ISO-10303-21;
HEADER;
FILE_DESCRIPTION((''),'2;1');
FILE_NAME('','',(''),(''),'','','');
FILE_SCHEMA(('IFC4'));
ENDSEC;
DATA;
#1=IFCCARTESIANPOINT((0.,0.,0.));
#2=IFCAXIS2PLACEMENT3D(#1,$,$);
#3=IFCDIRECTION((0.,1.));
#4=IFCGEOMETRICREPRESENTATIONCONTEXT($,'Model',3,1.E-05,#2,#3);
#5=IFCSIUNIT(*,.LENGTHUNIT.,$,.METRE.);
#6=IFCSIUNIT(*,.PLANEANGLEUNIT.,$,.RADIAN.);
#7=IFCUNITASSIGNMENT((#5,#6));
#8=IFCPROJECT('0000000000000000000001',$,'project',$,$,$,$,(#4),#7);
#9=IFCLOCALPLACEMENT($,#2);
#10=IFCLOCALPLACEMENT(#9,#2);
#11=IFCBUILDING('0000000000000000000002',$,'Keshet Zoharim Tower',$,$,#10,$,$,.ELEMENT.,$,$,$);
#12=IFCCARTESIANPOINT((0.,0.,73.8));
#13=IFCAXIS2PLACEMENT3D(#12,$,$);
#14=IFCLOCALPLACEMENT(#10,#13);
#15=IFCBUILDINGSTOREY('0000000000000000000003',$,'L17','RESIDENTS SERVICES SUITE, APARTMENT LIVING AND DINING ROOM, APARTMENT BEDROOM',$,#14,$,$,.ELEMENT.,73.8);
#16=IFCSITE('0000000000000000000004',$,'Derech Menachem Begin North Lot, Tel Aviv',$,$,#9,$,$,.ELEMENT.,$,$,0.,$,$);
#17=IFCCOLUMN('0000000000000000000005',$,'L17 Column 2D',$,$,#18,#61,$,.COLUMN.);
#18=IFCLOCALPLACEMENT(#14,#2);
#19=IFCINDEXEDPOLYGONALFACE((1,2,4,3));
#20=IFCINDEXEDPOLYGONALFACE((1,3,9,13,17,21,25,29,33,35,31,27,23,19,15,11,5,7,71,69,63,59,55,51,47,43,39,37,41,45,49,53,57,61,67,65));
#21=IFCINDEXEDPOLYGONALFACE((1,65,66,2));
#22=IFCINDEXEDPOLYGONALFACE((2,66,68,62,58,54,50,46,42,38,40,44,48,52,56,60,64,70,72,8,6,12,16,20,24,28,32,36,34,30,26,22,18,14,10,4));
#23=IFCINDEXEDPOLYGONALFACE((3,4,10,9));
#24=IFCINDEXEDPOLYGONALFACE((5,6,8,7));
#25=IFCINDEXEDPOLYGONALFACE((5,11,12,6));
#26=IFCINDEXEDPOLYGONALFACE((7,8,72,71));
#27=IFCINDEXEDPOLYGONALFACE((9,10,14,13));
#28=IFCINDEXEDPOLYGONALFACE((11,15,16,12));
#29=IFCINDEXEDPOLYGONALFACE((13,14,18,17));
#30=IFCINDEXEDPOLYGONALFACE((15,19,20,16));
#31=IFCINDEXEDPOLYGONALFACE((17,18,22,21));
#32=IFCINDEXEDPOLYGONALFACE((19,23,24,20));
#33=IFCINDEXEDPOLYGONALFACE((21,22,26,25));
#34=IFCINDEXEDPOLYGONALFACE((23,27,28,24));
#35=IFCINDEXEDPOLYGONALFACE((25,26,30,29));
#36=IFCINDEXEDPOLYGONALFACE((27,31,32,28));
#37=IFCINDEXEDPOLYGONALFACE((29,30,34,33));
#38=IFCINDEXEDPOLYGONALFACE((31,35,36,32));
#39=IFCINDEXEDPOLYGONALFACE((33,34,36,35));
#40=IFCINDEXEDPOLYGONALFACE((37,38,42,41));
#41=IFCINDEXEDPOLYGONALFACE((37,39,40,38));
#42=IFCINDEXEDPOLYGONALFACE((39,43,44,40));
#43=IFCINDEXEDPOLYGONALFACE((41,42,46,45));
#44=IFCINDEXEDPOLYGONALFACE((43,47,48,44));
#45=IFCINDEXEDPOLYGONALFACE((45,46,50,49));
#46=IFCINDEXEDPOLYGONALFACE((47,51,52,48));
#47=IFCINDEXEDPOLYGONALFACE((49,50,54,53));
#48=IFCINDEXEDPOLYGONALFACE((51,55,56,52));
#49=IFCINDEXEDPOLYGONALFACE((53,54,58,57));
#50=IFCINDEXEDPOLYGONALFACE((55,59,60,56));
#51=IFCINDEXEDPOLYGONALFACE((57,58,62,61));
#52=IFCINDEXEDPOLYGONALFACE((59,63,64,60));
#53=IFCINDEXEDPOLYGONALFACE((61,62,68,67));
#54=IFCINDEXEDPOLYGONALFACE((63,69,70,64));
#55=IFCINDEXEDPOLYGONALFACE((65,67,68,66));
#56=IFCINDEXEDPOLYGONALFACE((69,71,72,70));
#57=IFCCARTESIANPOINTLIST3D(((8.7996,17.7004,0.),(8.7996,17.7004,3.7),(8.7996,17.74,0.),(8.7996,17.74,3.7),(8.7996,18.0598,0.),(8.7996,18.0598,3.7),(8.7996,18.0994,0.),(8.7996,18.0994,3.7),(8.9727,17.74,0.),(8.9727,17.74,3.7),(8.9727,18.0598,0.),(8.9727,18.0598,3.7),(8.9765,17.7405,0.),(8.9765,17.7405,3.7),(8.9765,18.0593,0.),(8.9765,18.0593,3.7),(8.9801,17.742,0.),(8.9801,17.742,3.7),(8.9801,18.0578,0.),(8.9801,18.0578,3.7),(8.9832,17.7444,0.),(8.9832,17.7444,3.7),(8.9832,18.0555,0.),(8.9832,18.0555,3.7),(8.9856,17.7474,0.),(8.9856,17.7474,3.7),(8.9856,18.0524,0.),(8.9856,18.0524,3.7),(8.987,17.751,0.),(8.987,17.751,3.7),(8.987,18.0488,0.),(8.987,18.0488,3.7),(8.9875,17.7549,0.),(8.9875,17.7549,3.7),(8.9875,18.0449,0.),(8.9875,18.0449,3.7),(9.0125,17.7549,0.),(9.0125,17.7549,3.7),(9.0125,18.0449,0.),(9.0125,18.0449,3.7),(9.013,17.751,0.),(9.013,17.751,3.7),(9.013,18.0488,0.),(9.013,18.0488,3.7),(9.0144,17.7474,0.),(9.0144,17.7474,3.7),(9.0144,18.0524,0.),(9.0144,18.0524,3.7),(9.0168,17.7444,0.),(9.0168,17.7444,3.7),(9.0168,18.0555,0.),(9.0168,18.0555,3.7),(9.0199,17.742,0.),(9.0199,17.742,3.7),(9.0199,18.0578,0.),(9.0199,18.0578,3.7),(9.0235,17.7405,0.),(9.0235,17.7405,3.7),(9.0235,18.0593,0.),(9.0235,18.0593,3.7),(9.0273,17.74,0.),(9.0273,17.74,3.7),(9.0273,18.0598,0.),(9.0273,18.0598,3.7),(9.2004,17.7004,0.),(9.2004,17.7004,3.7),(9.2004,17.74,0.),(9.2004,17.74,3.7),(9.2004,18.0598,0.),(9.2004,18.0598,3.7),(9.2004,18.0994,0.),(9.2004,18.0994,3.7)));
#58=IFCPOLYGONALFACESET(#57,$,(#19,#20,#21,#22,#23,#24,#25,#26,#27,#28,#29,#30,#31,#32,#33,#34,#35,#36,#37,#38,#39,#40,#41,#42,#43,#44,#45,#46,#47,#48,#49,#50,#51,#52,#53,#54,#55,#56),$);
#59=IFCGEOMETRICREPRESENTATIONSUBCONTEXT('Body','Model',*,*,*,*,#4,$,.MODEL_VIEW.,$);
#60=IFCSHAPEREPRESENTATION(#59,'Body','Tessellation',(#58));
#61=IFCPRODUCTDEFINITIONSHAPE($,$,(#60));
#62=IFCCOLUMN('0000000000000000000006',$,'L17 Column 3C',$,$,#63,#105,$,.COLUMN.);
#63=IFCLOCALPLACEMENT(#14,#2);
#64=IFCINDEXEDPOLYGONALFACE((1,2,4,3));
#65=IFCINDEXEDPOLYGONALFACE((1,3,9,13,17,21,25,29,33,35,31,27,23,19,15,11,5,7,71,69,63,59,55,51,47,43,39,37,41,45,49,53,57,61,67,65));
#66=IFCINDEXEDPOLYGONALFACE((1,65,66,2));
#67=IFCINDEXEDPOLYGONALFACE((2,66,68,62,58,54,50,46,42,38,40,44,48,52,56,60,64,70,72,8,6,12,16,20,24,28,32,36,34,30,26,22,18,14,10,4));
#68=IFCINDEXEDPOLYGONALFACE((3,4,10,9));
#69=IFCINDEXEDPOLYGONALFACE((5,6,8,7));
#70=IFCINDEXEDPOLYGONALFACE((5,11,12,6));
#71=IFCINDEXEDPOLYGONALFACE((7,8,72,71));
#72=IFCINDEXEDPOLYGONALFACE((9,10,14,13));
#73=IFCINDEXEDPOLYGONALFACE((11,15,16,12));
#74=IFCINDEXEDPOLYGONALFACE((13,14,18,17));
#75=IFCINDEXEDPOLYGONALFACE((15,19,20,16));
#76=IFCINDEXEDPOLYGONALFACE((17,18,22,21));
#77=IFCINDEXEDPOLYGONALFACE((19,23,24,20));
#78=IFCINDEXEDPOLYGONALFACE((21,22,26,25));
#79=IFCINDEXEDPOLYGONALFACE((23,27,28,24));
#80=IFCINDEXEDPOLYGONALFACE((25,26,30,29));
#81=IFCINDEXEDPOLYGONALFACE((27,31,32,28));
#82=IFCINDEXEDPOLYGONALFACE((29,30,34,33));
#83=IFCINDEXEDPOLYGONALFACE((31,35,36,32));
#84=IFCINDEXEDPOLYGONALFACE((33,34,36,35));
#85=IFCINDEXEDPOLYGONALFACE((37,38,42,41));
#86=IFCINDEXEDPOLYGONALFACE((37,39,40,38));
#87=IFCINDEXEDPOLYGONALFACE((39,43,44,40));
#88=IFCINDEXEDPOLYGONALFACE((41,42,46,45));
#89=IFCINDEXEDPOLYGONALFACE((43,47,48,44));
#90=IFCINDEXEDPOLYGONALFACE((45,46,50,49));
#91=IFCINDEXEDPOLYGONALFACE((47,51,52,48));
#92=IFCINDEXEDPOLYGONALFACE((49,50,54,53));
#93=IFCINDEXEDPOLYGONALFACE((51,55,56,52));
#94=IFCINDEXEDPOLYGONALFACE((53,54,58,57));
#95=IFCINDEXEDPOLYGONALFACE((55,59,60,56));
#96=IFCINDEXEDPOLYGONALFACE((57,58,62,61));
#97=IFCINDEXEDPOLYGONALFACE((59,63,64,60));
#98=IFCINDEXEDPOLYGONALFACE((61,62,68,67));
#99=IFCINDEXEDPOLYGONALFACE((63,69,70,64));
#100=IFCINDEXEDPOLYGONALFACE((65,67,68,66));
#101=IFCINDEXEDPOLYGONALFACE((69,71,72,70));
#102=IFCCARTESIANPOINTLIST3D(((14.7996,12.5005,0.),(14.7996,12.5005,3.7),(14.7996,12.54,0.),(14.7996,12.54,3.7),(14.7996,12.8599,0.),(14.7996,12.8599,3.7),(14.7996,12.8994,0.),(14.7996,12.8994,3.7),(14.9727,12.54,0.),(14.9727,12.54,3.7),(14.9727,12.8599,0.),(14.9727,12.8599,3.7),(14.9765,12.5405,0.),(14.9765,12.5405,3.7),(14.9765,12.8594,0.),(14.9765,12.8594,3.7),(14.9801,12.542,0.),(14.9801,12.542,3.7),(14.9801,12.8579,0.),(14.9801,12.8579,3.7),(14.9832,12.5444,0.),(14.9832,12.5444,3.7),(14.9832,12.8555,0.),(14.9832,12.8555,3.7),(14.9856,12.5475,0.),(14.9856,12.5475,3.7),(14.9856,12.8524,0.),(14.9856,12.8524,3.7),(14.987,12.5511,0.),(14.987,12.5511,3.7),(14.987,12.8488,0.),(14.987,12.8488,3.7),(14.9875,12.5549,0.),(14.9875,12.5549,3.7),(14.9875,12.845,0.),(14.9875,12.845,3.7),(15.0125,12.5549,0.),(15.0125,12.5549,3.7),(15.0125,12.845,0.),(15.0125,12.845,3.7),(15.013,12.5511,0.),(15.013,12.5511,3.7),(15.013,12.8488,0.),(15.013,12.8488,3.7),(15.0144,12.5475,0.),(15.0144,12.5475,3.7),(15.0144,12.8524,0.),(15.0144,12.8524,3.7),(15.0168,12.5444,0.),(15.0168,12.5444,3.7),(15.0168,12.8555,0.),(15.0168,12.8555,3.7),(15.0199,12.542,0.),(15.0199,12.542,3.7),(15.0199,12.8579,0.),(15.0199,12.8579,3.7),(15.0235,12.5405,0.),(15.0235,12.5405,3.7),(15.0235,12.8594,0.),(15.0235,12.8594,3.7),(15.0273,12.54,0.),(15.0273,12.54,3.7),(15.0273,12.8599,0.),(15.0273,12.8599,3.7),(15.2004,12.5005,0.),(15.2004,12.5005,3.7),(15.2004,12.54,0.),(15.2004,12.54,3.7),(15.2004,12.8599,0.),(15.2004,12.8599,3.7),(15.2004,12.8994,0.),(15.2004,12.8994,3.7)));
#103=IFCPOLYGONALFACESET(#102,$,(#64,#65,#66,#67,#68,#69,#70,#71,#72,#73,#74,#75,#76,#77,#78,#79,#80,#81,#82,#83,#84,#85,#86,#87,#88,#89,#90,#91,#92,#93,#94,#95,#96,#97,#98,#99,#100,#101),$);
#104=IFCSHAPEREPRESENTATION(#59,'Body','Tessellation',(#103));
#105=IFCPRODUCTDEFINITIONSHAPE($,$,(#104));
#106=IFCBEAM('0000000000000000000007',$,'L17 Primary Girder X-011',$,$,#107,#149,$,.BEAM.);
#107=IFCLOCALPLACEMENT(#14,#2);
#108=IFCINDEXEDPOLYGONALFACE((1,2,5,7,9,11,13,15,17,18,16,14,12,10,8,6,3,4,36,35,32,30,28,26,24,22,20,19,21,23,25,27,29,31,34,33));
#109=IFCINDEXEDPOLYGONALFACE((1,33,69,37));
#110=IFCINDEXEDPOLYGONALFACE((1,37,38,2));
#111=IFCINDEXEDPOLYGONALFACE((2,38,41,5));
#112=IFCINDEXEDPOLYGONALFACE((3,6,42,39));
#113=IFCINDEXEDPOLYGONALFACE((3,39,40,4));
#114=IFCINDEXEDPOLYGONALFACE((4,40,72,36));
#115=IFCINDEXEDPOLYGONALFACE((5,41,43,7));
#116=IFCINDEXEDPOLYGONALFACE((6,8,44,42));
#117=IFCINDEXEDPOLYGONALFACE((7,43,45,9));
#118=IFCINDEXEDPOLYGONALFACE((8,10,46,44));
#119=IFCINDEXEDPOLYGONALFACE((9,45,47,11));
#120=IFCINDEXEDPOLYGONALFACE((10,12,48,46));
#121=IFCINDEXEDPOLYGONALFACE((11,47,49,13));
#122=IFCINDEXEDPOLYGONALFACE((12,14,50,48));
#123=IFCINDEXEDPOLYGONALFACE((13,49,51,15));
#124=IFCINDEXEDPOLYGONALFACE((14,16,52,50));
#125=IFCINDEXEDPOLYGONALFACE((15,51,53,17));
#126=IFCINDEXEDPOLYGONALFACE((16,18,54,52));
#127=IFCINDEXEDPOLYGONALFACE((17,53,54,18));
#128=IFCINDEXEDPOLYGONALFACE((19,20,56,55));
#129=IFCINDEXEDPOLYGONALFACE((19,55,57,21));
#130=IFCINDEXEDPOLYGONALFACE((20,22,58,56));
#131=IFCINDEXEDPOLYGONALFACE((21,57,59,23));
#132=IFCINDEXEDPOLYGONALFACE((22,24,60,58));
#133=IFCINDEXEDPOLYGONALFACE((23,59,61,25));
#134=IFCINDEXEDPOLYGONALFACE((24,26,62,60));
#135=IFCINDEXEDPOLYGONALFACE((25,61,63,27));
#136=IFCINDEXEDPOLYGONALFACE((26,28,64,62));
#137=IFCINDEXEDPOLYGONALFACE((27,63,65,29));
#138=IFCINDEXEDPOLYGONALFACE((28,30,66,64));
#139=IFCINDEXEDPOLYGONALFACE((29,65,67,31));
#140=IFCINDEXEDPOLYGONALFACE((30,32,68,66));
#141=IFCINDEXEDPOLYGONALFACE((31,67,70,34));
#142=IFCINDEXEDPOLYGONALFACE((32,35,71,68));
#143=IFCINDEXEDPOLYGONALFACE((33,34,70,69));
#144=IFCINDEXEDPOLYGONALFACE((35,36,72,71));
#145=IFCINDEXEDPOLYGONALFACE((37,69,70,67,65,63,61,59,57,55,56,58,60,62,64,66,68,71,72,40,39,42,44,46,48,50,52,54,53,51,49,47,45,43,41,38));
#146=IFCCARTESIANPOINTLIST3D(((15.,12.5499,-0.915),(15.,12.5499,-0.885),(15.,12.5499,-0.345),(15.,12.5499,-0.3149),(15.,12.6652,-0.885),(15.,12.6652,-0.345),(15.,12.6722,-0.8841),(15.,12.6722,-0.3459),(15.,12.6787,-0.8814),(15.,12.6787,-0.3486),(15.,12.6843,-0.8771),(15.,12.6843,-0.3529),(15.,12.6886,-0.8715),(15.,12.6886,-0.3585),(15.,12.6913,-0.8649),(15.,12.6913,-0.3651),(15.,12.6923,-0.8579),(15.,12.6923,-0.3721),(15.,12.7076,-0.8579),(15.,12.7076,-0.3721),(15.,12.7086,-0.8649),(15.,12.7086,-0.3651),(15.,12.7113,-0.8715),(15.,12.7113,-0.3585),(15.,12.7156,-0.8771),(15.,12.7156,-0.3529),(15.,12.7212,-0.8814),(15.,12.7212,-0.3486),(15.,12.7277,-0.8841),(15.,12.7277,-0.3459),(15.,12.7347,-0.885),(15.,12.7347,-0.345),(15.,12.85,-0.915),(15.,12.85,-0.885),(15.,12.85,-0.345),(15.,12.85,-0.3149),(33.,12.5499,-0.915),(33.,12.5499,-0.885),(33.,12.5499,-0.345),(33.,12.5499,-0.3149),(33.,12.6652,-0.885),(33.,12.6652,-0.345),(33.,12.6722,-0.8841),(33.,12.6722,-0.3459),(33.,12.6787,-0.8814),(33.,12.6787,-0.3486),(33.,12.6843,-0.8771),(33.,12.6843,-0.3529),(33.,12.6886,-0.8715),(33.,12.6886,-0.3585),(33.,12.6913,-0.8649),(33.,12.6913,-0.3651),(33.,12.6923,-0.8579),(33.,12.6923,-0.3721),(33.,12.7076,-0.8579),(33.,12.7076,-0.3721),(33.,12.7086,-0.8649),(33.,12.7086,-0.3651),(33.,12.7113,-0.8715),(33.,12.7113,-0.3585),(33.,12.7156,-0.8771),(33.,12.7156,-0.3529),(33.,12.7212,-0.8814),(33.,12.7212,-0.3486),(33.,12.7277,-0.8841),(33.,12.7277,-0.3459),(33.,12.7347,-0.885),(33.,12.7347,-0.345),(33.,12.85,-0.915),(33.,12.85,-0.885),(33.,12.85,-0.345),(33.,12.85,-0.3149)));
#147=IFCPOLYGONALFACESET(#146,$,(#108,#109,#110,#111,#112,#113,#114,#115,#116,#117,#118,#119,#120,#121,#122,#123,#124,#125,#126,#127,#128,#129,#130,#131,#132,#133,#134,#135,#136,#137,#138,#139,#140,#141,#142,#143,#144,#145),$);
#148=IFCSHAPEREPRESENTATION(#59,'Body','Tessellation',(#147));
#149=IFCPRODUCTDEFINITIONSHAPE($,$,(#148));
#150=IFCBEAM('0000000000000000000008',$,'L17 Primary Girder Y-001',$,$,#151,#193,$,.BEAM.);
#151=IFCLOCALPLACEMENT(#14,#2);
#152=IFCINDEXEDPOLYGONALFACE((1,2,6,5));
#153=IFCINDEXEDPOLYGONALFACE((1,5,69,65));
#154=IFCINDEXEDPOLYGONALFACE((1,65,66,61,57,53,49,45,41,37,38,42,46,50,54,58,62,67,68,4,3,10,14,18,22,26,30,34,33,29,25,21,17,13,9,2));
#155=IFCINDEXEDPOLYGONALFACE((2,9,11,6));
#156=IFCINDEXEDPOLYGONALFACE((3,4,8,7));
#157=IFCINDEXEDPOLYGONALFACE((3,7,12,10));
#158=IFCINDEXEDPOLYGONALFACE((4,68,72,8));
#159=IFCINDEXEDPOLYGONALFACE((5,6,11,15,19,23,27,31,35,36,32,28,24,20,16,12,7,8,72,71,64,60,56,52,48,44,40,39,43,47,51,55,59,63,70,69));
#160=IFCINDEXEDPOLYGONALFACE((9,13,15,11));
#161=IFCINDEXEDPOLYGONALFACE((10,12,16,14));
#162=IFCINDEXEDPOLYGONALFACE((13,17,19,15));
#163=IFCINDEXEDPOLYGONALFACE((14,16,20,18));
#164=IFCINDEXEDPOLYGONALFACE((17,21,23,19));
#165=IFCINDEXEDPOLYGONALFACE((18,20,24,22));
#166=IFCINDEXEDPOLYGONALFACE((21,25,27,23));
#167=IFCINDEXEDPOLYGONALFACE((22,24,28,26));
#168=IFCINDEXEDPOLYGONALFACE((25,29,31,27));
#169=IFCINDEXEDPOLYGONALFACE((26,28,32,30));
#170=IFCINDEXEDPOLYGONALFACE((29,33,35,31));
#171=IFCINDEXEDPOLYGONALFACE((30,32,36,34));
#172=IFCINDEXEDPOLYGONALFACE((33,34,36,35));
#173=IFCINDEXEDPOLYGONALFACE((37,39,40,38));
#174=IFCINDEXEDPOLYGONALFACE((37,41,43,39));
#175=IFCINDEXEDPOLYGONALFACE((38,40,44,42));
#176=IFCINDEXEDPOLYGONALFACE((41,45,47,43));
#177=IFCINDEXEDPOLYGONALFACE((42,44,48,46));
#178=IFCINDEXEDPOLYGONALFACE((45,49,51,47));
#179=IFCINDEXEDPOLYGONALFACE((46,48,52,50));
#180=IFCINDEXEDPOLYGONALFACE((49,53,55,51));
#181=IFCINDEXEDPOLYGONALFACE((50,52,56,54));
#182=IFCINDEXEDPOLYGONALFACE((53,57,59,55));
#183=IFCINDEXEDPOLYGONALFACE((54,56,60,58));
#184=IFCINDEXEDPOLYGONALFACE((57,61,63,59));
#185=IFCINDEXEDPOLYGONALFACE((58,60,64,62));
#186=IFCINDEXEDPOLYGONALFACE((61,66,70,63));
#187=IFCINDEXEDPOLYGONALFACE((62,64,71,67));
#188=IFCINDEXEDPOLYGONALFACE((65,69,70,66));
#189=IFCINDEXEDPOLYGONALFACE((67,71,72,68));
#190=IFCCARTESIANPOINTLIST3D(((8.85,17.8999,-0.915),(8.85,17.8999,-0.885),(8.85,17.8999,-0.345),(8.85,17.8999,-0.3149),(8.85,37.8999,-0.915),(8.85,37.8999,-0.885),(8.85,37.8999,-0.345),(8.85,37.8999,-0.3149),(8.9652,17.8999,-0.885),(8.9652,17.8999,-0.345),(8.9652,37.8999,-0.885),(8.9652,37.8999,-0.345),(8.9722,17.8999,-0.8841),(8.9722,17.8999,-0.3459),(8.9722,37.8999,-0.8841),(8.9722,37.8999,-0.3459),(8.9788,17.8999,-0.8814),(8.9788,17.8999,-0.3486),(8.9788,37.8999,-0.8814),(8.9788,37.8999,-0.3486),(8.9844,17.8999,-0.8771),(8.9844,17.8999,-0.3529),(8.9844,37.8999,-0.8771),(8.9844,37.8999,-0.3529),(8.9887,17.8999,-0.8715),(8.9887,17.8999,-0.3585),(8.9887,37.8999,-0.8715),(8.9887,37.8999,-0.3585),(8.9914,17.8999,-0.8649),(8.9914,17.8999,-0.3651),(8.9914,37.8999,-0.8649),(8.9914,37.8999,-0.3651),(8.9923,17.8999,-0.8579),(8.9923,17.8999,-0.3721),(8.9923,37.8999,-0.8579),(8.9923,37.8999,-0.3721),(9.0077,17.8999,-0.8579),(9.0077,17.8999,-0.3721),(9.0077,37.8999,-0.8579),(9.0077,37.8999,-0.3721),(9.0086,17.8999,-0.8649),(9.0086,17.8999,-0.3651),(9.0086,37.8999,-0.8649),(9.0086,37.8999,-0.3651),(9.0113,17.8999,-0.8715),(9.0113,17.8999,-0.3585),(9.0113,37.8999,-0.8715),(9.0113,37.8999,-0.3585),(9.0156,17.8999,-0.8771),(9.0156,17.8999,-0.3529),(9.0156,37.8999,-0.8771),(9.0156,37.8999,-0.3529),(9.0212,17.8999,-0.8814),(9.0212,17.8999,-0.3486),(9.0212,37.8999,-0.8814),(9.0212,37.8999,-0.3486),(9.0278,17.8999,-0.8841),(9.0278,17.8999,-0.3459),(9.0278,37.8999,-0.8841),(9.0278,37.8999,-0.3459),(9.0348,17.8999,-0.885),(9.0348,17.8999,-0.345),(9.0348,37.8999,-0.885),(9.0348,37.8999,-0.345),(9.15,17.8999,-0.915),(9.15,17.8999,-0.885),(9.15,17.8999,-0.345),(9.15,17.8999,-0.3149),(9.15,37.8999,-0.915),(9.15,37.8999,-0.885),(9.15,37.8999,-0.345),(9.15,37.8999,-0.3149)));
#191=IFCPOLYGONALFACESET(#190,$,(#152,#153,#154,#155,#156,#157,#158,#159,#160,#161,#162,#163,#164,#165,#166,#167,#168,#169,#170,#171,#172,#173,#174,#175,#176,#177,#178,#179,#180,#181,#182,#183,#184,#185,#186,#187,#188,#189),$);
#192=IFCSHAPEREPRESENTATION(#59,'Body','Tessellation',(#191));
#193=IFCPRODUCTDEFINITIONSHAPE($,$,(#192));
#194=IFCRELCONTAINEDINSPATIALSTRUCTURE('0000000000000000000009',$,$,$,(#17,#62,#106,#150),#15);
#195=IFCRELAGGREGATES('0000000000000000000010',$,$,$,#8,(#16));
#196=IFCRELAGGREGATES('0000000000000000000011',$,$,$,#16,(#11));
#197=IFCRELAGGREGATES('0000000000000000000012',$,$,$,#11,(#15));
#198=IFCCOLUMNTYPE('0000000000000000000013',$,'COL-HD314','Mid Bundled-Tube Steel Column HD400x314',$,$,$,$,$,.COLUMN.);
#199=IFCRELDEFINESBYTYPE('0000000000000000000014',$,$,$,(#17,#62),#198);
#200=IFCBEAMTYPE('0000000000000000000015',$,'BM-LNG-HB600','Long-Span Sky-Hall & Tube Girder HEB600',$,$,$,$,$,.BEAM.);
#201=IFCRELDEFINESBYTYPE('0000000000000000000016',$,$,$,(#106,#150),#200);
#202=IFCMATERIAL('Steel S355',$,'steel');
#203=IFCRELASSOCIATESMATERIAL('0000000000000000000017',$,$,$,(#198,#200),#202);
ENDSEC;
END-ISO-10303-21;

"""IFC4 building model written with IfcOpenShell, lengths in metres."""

from ifc_helpers import new_model, si_unit, direction, frame, origin, origin_2d, place, context, subcontext, project, spatial, i_section, extrude, material, material_profile, profile_set, type_object, element, save


model = new_model("IFC4")

# Units and contexts
model_context = context("Model", 3, precision=1e-05, world=origin(), true_north=direction((0.0, 1.0)))
body_context = subcontext(model_context, "Body", "Model", "MODEL_VIEW")
ifc_project = project(units=[si_unit("LENGTHUNIT", "METRE"), si_unit("PLANEANGLEUNIT", "RADIAN")], contexts=[model_context])

# Site, building, storey
site_placement = place(None, origin())
site = spatial("IfcSite", under=ifc_project, at=site_placement, Name="Derech Menachem Begin North Lot, Tel Aviv", CompositionType="ELEMENT", RefElevation=0.0)
building_placement = place(site_placement, origin())
building = spatial("IfcBuilding", under=site, at=building_placement, Name="Keshet Zoharim Tower", CompositionType="ELEMENT")
storey_placement = place(building_placement, frame((0.0, 0.0, 73.8)))
storey = spatial("IfcBuildingStorey", under=building, at=storey_placement, Name="L17", Description="RESIDENTS SERVICES SUITE, APARTMENT LIVING AND DINING ROOM, APARTMENT BEDROOM", CompositionType="ELEMENT", Elevation=73.8)

# Columns
ifc_material_1 = material(Name="Steel S355", Category="steel")
ifc_material_profile_1 = material_profile(ifc_material_1, i_section(OverallWidth=0.4009, OverallDepth=0.3989, WebThickness=0.0249, FlangeThickness=0.0396, FilletRadius=0.0149, at=origin_2d()), Name="HD400x314")
ifc_profile_set_1 = profile_set([ifc_material_profile_1], Name="Steel S355")
column_type = type_object("IfcColumnType", Name="COL-HD314", Description="Mid Bundled-Tube Steel Column HD400x314", PredefinedType="COLUMN", material=ifc_profile_set_1)
for number, where, z_axis, x_axis, name in (
    (1, (9.0, 17.8999, 0.0), (0.0, 0.0, 1.0), (1.0, 0.0, 0.0), "L17 Column 2D"),
    (2, (15.0, 12.7, 0.0), (0.0, 0.0, 1.0), (1.0, 0.0, 0.0), "L17 Column 3C"),
):
    element("IfcColumn", number, at=place(storey_placement, frame(where, z_axis=z_axis, x_axis=x_axis)), inside=storey, type_object=column_type, Name=name, PredefinedType="COLUMN", context=body_context, shape_type="SweptSolid", body=[
        extrude(i_section(OverallWidth=0.4009, OverallDepth=0.3989, WebThickness=0.0249, FlangeThickness=0.0396, FilletRadius=0.0149, at=origin_2d()), origin(), (0.0, 0.0, 1.0), 3.7),
    ])

# Beams
ifc_material_profile_2 = material_profile(ifc_material_1, i_section(OverallWidth=0.3, OverallDepth=0.6001, WebThickness=0.0154, FlangeThickness=0.03, FilletRadius=0.0271, at=origin_2d()), Name="HEB600")
ifc_profile_set_2 = profile_set([ifc_material_profile_2], Name="Steel S355")
beam_type_1 = type_object("IfcBeamType", Name="BM-LNG-HB600", Description="Long-Span Sky-Hall & Tube Girder HEB600", PredefinedType="BEAM", material=ifc_profile_set_2)
beam_1_placement = place(storey_placement, frame((15.0, 12.7, -0.615), z_axis=(1.0, 0.0, 0.0), x_axis=(0.0, 1.0, 0.0)))
element("IfcBeam", 3, at=beam_1_placement, inside=storey, type_object=beam_type_1, Name="L17 Primary Girder X-011", PredefinedType="BEAM", context=body_context, shape_type="SweptSolid", body=[
    extrude(i_section(OverallWidth=0.3, OverallDepth=0.6001, WebThickness=0.0154, FlangeThickness=0.03, FilletRadius=0.0271, at=origin_2d()), origin(), (0.0, 0.0, 1.0), 18.0),
])
beam_2_placement = place(storey_placement, frame((9.0, 17.8999, -0.615), z_axis=(0.0, 1.0, 0.0), x_axis=(-1.0, 0.0, 0.0)))
element("IfcBeam", 4, at=beam_2_placement, inside=storey, type_object=beam_type_1, Name="L17 Primary Girder Y-001", PredefinedType="BEAM", context=body_context, shape_type="SweptSolid", body=[
    extrude(i_section(OverallWidth=0.3, OverallDepth=0.6001, WebThickness=0.0154, FlangeThickness=0.03, FilletRadius=0.0271, at=origin_2d()), origin(), (0.0, 0.0, 1.0), 20.0),
])

save(model, "model.ifc")
